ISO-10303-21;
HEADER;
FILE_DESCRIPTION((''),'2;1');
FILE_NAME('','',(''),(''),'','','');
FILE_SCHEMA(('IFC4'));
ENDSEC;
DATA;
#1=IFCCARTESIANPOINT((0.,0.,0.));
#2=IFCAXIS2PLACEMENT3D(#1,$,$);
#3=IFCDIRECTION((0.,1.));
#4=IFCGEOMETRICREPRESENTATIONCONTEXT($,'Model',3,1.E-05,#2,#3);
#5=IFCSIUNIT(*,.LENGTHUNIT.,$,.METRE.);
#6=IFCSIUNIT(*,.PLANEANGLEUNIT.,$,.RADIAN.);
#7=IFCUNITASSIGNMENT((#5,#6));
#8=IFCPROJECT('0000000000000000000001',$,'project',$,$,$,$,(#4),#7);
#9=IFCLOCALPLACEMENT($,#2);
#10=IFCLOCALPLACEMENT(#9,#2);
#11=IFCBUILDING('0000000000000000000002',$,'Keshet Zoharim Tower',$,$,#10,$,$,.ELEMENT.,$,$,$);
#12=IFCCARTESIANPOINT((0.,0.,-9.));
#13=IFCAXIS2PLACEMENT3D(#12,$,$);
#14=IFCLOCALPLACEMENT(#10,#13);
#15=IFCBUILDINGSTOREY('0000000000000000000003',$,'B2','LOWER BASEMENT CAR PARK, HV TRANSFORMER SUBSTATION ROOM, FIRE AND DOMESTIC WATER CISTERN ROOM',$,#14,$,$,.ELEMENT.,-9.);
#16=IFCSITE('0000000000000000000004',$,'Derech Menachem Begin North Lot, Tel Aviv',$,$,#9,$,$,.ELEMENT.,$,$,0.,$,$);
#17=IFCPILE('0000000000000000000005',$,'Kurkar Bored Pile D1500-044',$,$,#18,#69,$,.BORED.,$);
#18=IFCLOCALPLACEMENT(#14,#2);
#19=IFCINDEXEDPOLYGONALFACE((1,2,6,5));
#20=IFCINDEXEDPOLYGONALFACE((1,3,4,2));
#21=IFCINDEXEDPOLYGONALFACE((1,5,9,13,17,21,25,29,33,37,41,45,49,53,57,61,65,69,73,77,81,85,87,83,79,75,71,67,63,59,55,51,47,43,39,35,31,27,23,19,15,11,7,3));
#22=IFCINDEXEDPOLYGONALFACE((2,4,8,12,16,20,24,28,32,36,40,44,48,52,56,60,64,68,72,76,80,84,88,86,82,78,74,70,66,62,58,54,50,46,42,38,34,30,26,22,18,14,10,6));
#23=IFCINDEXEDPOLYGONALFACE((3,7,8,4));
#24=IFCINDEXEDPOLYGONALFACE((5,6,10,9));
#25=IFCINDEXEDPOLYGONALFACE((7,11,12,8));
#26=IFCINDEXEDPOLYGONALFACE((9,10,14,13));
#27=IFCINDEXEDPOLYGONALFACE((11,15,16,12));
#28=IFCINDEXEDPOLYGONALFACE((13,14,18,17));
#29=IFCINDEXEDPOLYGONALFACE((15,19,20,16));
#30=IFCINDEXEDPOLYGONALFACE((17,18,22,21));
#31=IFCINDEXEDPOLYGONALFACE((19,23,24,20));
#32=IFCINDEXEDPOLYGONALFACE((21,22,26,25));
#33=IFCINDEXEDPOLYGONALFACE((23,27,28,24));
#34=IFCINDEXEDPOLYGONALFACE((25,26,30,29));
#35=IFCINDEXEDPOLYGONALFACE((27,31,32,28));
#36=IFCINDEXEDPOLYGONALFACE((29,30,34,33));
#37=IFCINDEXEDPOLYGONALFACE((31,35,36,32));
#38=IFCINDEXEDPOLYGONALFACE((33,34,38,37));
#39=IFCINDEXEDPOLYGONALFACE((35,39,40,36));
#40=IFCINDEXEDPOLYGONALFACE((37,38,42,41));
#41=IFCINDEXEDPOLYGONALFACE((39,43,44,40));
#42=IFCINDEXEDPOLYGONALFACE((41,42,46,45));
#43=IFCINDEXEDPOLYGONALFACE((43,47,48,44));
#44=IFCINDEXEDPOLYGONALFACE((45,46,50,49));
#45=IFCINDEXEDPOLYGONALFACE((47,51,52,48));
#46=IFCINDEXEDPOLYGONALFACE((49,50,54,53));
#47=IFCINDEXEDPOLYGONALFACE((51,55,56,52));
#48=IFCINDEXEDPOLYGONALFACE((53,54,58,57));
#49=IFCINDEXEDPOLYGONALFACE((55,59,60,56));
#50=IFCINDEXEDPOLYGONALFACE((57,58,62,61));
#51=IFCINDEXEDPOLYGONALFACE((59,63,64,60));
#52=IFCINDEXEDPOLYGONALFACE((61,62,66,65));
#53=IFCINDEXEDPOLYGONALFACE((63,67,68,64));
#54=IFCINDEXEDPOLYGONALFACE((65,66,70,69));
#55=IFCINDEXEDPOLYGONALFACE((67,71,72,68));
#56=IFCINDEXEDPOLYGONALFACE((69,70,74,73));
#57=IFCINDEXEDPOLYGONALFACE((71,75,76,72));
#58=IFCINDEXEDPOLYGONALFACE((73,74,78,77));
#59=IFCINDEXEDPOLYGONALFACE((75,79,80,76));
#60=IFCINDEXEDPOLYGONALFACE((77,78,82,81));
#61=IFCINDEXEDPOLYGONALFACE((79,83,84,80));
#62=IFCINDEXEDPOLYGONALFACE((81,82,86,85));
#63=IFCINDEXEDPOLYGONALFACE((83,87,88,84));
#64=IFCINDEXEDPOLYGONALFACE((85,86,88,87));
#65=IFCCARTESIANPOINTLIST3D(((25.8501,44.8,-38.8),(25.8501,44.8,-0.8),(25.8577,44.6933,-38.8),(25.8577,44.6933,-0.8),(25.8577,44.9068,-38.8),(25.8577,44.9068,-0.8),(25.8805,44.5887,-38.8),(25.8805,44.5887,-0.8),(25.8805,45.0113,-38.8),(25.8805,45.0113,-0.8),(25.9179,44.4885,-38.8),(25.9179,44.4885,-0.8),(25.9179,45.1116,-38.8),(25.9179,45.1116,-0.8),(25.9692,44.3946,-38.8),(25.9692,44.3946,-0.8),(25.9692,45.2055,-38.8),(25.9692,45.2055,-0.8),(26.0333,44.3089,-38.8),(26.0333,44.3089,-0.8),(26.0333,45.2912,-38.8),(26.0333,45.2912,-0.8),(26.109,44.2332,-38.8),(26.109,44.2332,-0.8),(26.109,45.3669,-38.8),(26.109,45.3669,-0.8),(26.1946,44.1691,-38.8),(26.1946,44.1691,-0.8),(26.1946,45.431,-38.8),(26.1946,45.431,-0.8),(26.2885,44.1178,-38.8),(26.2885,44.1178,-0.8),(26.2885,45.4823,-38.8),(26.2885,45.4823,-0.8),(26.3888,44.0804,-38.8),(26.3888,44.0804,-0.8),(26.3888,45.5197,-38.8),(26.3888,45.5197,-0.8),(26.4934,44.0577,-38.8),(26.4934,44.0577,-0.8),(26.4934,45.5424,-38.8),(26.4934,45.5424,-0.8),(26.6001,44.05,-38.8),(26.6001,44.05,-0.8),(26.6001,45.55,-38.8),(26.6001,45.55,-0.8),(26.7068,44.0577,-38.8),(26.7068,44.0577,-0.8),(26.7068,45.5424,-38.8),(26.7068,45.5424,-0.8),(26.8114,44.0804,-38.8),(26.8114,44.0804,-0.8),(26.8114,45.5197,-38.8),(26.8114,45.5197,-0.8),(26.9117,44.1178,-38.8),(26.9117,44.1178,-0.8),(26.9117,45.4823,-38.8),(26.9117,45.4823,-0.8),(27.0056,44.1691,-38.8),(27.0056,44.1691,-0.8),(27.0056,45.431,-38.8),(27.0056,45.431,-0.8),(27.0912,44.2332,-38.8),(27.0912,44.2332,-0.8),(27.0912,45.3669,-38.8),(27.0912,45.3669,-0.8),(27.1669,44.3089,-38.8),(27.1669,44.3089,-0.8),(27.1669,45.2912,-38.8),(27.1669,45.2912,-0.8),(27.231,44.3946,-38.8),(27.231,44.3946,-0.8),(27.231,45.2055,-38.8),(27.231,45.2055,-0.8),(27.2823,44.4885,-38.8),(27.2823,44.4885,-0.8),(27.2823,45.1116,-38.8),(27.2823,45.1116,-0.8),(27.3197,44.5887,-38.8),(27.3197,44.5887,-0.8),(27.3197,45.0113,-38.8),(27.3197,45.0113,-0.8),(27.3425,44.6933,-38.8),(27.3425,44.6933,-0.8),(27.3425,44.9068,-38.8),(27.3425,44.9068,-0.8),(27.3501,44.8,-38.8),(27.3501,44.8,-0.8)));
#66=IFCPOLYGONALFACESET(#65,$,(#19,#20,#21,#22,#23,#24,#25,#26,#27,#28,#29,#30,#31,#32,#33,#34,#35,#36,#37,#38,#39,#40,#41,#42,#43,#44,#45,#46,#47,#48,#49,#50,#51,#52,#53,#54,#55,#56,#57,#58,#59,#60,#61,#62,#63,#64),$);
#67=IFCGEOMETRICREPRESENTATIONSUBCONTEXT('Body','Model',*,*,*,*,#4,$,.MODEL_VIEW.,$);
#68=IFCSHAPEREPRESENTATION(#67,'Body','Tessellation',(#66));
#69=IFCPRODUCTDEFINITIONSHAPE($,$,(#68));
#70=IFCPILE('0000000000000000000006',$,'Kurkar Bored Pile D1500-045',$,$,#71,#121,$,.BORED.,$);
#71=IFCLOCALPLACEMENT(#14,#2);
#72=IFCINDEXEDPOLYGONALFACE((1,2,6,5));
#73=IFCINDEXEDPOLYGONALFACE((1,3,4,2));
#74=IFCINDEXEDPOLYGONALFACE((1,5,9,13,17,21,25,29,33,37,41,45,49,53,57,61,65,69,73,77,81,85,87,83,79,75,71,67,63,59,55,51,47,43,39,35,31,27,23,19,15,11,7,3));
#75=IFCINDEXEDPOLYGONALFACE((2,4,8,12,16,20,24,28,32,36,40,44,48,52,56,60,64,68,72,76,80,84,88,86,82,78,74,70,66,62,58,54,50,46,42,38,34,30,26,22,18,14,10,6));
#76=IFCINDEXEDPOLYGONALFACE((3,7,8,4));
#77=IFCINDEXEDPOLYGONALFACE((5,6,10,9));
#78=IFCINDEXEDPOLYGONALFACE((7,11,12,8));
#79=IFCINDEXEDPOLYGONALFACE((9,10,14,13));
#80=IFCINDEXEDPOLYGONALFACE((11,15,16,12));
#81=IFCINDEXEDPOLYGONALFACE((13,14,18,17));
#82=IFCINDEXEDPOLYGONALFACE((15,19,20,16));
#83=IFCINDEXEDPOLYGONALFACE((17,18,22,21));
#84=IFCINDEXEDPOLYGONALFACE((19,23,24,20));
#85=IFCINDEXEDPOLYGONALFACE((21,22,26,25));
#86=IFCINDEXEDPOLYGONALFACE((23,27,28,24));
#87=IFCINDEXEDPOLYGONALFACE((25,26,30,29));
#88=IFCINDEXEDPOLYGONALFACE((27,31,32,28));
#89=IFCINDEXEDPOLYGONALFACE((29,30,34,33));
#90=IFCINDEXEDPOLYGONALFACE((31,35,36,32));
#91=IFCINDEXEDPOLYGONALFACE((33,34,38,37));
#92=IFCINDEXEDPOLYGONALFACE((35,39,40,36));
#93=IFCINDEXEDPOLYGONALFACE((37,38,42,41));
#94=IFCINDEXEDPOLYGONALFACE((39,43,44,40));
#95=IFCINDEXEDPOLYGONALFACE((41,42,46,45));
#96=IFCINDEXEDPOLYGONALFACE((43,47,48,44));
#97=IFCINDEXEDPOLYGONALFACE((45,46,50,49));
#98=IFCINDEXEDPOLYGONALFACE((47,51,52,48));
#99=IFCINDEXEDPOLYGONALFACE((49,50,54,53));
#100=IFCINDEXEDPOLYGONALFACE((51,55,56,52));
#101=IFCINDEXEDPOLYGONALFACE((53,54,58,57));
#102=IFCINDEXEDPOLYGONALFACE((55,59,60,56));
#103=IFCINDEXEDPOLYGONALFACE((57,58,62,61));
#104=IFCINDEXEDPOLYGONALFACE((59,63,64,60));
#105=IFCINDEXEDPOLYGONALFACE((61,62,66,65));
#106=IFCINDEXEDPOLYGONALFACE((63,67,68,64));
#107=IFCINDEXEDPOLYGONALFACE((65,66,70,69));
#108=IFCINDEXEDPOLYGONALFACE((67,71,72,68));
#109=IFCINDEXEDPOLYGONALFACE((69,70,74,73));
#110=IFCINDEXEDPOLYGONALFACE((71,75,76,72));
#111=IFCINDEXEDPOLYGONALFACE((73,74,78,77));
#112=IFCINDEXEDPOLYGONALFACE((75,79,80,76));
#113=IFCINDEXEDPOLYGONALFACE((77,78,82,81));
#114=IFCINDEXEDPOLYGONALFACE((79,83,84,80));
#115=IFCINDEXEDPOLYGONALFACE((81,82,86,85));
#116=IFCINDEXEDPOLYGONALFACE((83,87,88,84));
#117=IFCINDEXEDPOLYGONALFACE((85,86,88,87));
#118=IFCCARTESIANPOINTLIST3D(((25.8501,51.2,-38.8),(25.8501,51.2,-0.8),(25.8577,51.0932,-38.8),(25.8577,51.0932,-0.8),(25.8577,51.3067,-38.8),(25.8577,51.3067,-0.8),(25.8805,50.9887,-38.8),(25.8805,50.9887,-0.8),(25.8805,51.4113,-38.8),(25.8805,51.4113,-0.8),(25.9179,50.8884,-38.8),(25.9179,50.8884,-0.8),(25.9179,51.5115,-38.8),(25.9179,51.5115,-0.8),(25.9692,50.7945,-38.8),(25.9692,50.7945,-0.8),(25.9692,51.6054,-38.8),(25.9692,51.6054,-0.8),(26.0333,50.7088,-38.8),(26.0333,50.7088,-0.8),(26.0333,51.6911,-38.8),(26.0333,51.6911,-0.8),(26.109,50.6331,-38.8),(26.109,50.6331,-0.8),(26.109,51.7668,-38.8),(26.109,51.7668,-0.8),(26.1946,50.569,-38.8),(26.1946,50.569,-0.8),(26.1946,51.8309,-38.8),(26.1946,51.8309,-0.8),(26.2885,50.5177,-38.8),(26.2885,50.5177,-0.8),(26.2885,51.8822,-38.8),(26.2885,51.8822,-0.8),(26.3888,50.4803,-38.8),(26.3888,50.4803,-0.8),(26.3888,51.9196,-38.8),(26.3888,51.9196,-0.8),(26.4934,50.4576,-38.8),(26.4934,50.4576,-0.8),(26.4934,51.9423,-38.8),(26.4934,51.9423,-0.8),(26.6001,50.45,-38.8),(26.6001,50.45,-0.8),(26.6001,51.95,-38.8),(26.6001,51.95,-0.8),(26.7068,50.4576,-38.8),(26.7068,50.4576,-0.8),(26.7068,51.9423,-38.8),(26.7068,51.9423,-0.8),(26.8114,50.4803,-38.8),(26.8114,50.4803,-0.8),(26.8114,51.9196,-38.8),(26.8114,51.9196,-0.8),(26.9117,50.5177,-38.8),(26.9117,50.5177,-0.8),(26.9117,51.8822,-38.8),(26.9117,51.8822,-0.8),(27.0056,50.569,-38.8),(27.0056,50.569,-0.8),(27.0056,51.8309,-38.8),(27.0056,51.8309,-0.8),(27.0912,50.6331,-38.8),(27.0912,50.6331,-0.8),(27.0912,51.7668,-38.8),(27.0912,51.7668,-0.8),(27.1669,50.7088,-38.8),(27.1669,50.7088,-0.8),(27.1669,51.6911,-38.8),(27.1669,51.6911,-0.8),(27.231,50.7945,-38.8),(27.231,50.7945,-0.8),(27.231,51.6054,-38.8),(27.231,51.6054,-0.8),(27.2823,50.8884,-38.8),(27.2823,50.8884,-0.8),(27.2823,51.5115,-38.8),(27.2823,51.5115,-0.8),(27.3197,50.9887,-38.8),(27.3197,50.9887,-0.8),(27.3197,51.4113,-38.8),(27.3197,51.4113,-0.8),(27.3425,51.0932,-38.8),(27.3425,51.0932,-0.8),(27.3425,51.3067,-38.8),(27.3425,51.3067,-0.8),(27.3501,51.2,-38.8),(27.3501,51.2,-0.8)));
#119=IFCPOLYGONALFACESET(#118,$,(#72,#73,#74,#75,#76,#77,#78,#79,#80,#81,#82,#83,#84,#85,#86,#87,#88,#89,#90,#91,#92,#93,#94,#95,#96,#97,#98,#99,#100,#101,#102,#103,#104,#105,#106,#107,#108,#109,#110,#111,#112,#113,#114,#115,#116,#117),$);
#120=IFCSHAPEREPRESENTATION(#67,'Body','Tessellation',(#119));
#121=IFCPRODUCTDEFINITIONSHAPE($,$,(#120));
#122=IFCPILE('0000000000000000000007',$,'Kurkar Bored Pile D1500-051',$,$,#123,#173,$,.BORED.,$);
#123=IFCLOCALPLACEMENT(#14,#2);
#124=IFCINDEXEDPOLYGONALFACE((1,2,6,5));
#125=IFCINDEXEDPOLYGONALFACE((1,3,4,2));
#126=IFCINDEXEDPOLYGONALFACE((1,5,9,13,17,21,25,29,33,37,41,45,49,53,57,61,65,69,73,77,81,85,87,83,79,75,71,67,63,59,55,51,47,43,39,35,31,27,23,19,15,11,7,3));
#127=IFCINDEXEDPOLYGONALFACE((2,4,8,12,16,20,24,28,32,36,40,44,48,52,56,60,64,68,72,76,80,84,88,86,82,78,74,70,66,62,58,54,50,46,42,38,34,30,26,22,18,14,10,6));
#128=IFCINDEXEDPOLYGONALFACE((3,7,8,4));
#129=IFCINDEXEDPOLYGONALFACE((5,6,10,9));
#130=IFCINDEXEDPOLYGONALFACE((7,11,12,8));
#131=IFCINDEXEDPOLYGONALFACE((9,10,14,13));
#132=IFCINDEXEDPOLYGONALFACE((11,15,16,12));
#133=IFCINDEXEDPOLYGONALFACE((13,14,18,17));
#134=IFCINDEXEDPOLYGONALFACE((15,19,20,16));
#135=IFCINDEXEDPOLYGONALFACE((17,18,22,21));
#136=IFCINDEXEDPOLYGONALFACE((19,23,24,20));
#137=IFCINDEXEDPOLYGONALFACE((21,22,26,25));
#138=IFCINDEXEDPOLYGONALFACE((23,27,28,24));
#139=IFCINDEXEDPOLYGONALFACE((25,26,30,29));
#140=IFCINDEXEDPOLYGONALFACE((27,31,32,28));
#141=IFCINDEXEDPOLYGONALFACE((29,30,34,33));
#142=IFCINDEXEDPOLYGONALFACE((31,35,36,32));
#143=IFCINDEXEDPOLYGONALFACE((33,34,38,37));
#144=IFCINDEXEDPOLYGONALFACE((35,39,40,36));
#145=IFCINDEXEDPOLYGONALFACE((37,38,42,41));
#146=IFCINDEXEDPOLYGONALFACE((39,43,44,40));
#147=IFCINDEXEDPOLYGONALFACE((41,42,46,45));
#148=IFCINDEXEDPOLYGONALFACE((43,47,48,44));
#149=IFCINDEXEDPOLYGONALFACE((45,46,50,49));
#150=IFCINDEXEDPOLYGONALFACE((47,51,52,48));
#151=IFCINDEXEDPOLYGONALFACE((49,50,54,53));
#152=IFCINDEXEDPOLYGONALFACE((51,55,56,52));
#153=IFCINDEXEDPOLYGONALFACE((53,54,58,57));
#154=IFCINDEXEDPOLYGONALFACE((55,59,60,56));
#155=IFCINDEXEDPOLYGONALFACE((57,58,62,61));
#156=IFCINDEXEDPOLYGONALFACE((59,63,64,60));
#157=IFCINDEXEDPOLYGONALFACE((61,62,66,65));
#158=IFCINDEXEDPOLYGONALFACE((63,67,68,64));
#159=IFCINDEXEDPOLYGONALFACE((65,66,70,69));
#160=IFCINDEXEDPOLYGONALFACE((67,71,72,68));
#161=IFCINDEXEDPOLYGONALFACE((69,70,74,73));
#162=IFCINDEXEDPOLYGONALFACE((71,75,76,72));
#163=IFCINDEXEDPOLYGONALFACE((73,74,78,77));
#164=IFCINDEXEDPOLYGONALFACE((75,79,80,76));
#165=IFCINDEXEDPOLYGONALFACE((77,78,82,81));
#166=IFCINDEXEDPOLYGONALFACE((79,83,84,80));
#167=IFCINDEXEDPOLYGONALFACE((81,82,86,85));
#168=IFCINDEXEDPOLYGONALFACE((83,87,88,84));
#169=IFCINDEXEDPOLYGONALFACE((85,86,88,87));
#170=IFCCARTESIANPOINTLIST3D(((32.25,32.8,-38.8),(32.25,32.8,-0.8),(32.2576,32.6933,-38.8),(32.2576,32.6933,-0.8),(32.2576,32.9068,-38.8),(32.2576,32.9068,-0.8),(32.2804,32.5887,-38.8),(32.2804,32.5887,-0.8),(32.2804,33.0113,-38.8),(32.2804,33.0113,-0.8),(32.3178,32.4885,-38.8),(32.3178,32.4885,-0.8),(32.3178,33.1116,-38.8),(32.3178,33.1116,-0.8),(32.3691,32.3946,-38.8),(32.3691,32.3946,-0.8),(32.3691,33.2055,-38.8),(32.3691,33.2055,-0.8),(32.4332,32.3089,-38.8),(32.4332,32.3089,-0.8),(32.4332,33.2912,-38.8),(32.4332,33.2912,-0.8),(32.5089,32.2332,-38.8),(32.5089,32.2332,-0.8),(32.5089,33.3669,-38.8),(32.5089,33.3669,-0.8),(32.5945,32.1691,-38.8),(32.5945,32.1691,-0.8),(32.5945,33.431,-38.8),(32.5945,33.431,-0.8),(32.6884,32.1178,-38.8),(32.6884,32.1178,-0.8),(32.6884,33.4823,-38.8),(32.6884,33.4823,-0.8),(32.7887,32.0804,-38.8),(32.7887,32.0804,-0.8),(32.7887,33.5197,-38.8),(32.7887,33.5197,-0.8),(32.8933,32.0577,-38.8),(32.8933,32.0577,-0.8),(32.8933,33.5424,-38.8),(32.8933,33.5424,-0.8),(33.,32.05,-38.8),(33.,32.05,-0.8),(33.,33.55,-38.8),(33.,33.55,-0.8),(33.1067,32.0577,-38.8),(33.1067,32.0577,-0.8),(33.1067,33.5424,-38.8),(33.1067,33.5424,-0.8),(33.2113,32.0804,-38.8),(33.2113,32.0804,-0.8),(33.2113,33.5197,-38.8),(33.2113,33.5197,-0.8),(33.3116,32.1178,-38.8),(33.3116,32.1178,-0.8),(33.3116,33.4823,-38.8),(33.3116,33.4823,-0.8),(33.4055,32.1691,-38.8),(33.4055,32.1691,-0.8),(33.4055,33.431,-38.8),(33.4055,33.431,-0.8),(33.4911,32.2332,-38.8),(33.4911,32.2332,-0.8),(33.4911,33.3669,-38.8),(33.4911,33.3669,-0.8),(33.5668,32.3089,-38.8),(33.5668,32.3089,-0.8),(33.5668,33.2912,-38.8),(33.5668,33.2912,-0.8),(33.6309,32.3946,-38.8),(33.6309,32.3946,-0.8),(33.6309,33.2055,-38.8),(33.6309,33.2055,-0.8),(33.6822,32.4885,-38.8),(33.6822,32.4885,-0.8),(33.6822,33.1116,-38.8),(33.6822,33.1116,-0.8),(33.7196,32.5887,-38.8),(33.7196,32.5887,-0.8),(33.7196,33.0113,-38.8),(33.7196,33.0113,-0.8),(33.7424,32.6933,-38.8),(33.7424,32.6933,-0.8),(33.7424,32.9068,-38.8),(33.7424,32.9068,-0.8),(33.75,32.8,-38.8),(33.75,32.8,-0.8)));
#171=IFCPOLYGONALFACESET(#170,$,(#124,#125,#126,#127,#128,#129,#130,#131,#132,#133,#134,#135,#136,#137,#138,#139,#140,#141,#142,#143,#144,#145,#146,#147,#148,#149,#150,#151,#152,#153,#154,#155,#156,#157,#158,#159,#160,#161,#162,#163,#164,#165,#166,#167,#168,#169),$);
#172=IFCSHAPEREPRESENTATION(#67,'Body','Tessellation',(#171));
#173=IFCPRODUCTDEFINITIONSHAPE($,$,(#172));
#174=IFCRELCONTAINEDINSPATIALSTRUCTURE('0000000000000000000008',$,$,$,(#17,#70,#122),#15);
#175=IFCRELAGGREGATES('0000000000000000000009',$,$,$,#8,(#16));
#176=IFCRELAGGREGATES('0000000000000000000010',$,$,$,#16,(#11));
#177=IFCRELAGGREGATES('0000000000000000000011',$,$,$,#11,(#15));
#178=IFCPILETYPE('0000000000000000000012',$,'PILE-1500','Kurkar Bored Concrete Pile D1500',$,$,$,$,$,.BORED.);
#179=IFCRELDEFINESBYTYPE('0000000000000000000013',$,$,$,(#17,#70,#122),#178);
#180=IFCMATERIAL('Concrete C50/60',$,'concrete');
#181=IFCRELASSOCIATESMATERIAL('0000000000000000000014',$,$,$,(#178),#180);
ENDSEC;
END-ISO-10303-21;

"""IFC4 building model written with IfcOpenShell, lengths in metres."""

from ifc_helpers import new_model, si_unit, direction, frame, origin, origin_2d, place, context, subcontext, project, spatial, circle, extrude, material, material_profile, profile_set, type_object, element, save


model = new_model("IFC4")

# Units and contexts
model_context = context("Model", 3, precision=1e-05, world=origin(), true_north=direction((0.0, 1.0)))
body_context = subcontext(model_context, "Body", "Model", "MODEL_VIEW")
ifc_project = project(units=[si_unit("LENGTHUNIT", "METRE"), si_unit("PLANEANGLEUNIT", "RADIAN")], contexts=[model_context])

# Site, building, storey
site_placement = place(None, origin())
site = spatial("IfcSite", under=ifc_project, at=site_placement, Name="Derech Menachem Begin North Lot, Tel Aviv", CompositionType="ELEMENT", RefElevation=0.0)
building_placement = place(site_placement, origin())
building = spatial("IfcBuilding", under=site, at=building_placement, Name="Keshet Zoharim Tower", CompositionType="ELEMENT")
storey_placement = place(building_placement, frame((0.0, 0.0, -9.0)))
storey = spatial("IfcBuildingStorey", under=building, at=storey_placement, Name="B2", Description="LOWER BASEMENT CAR PARK, HV TRANSFORMER SUBSTATION ROOM, FIRE AND DOMESTIC WATER CISTERN ROOM", CompositionType="ELEMENT", Elevation=-9.0)

# Piles
ifc_material_1 = material(Name="Concrete C50/60", Category="concrete")
ifc_material_profile_1 = material_profile(ifc_material_1, circle(Radius=0.75, at=origin_2d()), Name="PILE-D1500")
ifc_profile_set_1 = profile_set([ifc_material_profile_1], Name="Concrete C50/60")
pile_type_1 = type_object("IfcPileType", Name="PILE-1500", Description="Kurkar Bored Concrete Pile D1500", PredefinedType="BORED", material=ifc_profile_set_1)
for number, where, z_axis, x_axis, name in (
    (1, (26.6001, 44.8, -0.8), (0.0, 0.0, -1.0), (1.0, 0.0, 0.0), "Kurkar Bored Pile D1500-044"),
    (2, (26.6001, 51.2, -0.8), (0.0, 0.0, -1.0), (1.0, 0.0, 0.0), "Kurkar Bored Pile D1500-045"),
    (3, (33.0, 32.8, -0.8), (0.0, 0.0, -1.0), (1.0, 0.0, 0.0), "Kurkar Bored Pile D1500-051"),
):
    element("IfcPile", number, at=place(storey_placement, frame(where, z_axis=z_axis, x_axis=x_axis)), inside=storey, type_object=pile_type_1, Name=name, PredefinedType="BORED", context=body_context, shape_type="SweptSolid", body=[
        extrude(circle(Radius=0.75, at=origin_2d()), origin(), (0.0, 0.0, 1.0), 38.0),
    ])

save(model, "model.ifc")
